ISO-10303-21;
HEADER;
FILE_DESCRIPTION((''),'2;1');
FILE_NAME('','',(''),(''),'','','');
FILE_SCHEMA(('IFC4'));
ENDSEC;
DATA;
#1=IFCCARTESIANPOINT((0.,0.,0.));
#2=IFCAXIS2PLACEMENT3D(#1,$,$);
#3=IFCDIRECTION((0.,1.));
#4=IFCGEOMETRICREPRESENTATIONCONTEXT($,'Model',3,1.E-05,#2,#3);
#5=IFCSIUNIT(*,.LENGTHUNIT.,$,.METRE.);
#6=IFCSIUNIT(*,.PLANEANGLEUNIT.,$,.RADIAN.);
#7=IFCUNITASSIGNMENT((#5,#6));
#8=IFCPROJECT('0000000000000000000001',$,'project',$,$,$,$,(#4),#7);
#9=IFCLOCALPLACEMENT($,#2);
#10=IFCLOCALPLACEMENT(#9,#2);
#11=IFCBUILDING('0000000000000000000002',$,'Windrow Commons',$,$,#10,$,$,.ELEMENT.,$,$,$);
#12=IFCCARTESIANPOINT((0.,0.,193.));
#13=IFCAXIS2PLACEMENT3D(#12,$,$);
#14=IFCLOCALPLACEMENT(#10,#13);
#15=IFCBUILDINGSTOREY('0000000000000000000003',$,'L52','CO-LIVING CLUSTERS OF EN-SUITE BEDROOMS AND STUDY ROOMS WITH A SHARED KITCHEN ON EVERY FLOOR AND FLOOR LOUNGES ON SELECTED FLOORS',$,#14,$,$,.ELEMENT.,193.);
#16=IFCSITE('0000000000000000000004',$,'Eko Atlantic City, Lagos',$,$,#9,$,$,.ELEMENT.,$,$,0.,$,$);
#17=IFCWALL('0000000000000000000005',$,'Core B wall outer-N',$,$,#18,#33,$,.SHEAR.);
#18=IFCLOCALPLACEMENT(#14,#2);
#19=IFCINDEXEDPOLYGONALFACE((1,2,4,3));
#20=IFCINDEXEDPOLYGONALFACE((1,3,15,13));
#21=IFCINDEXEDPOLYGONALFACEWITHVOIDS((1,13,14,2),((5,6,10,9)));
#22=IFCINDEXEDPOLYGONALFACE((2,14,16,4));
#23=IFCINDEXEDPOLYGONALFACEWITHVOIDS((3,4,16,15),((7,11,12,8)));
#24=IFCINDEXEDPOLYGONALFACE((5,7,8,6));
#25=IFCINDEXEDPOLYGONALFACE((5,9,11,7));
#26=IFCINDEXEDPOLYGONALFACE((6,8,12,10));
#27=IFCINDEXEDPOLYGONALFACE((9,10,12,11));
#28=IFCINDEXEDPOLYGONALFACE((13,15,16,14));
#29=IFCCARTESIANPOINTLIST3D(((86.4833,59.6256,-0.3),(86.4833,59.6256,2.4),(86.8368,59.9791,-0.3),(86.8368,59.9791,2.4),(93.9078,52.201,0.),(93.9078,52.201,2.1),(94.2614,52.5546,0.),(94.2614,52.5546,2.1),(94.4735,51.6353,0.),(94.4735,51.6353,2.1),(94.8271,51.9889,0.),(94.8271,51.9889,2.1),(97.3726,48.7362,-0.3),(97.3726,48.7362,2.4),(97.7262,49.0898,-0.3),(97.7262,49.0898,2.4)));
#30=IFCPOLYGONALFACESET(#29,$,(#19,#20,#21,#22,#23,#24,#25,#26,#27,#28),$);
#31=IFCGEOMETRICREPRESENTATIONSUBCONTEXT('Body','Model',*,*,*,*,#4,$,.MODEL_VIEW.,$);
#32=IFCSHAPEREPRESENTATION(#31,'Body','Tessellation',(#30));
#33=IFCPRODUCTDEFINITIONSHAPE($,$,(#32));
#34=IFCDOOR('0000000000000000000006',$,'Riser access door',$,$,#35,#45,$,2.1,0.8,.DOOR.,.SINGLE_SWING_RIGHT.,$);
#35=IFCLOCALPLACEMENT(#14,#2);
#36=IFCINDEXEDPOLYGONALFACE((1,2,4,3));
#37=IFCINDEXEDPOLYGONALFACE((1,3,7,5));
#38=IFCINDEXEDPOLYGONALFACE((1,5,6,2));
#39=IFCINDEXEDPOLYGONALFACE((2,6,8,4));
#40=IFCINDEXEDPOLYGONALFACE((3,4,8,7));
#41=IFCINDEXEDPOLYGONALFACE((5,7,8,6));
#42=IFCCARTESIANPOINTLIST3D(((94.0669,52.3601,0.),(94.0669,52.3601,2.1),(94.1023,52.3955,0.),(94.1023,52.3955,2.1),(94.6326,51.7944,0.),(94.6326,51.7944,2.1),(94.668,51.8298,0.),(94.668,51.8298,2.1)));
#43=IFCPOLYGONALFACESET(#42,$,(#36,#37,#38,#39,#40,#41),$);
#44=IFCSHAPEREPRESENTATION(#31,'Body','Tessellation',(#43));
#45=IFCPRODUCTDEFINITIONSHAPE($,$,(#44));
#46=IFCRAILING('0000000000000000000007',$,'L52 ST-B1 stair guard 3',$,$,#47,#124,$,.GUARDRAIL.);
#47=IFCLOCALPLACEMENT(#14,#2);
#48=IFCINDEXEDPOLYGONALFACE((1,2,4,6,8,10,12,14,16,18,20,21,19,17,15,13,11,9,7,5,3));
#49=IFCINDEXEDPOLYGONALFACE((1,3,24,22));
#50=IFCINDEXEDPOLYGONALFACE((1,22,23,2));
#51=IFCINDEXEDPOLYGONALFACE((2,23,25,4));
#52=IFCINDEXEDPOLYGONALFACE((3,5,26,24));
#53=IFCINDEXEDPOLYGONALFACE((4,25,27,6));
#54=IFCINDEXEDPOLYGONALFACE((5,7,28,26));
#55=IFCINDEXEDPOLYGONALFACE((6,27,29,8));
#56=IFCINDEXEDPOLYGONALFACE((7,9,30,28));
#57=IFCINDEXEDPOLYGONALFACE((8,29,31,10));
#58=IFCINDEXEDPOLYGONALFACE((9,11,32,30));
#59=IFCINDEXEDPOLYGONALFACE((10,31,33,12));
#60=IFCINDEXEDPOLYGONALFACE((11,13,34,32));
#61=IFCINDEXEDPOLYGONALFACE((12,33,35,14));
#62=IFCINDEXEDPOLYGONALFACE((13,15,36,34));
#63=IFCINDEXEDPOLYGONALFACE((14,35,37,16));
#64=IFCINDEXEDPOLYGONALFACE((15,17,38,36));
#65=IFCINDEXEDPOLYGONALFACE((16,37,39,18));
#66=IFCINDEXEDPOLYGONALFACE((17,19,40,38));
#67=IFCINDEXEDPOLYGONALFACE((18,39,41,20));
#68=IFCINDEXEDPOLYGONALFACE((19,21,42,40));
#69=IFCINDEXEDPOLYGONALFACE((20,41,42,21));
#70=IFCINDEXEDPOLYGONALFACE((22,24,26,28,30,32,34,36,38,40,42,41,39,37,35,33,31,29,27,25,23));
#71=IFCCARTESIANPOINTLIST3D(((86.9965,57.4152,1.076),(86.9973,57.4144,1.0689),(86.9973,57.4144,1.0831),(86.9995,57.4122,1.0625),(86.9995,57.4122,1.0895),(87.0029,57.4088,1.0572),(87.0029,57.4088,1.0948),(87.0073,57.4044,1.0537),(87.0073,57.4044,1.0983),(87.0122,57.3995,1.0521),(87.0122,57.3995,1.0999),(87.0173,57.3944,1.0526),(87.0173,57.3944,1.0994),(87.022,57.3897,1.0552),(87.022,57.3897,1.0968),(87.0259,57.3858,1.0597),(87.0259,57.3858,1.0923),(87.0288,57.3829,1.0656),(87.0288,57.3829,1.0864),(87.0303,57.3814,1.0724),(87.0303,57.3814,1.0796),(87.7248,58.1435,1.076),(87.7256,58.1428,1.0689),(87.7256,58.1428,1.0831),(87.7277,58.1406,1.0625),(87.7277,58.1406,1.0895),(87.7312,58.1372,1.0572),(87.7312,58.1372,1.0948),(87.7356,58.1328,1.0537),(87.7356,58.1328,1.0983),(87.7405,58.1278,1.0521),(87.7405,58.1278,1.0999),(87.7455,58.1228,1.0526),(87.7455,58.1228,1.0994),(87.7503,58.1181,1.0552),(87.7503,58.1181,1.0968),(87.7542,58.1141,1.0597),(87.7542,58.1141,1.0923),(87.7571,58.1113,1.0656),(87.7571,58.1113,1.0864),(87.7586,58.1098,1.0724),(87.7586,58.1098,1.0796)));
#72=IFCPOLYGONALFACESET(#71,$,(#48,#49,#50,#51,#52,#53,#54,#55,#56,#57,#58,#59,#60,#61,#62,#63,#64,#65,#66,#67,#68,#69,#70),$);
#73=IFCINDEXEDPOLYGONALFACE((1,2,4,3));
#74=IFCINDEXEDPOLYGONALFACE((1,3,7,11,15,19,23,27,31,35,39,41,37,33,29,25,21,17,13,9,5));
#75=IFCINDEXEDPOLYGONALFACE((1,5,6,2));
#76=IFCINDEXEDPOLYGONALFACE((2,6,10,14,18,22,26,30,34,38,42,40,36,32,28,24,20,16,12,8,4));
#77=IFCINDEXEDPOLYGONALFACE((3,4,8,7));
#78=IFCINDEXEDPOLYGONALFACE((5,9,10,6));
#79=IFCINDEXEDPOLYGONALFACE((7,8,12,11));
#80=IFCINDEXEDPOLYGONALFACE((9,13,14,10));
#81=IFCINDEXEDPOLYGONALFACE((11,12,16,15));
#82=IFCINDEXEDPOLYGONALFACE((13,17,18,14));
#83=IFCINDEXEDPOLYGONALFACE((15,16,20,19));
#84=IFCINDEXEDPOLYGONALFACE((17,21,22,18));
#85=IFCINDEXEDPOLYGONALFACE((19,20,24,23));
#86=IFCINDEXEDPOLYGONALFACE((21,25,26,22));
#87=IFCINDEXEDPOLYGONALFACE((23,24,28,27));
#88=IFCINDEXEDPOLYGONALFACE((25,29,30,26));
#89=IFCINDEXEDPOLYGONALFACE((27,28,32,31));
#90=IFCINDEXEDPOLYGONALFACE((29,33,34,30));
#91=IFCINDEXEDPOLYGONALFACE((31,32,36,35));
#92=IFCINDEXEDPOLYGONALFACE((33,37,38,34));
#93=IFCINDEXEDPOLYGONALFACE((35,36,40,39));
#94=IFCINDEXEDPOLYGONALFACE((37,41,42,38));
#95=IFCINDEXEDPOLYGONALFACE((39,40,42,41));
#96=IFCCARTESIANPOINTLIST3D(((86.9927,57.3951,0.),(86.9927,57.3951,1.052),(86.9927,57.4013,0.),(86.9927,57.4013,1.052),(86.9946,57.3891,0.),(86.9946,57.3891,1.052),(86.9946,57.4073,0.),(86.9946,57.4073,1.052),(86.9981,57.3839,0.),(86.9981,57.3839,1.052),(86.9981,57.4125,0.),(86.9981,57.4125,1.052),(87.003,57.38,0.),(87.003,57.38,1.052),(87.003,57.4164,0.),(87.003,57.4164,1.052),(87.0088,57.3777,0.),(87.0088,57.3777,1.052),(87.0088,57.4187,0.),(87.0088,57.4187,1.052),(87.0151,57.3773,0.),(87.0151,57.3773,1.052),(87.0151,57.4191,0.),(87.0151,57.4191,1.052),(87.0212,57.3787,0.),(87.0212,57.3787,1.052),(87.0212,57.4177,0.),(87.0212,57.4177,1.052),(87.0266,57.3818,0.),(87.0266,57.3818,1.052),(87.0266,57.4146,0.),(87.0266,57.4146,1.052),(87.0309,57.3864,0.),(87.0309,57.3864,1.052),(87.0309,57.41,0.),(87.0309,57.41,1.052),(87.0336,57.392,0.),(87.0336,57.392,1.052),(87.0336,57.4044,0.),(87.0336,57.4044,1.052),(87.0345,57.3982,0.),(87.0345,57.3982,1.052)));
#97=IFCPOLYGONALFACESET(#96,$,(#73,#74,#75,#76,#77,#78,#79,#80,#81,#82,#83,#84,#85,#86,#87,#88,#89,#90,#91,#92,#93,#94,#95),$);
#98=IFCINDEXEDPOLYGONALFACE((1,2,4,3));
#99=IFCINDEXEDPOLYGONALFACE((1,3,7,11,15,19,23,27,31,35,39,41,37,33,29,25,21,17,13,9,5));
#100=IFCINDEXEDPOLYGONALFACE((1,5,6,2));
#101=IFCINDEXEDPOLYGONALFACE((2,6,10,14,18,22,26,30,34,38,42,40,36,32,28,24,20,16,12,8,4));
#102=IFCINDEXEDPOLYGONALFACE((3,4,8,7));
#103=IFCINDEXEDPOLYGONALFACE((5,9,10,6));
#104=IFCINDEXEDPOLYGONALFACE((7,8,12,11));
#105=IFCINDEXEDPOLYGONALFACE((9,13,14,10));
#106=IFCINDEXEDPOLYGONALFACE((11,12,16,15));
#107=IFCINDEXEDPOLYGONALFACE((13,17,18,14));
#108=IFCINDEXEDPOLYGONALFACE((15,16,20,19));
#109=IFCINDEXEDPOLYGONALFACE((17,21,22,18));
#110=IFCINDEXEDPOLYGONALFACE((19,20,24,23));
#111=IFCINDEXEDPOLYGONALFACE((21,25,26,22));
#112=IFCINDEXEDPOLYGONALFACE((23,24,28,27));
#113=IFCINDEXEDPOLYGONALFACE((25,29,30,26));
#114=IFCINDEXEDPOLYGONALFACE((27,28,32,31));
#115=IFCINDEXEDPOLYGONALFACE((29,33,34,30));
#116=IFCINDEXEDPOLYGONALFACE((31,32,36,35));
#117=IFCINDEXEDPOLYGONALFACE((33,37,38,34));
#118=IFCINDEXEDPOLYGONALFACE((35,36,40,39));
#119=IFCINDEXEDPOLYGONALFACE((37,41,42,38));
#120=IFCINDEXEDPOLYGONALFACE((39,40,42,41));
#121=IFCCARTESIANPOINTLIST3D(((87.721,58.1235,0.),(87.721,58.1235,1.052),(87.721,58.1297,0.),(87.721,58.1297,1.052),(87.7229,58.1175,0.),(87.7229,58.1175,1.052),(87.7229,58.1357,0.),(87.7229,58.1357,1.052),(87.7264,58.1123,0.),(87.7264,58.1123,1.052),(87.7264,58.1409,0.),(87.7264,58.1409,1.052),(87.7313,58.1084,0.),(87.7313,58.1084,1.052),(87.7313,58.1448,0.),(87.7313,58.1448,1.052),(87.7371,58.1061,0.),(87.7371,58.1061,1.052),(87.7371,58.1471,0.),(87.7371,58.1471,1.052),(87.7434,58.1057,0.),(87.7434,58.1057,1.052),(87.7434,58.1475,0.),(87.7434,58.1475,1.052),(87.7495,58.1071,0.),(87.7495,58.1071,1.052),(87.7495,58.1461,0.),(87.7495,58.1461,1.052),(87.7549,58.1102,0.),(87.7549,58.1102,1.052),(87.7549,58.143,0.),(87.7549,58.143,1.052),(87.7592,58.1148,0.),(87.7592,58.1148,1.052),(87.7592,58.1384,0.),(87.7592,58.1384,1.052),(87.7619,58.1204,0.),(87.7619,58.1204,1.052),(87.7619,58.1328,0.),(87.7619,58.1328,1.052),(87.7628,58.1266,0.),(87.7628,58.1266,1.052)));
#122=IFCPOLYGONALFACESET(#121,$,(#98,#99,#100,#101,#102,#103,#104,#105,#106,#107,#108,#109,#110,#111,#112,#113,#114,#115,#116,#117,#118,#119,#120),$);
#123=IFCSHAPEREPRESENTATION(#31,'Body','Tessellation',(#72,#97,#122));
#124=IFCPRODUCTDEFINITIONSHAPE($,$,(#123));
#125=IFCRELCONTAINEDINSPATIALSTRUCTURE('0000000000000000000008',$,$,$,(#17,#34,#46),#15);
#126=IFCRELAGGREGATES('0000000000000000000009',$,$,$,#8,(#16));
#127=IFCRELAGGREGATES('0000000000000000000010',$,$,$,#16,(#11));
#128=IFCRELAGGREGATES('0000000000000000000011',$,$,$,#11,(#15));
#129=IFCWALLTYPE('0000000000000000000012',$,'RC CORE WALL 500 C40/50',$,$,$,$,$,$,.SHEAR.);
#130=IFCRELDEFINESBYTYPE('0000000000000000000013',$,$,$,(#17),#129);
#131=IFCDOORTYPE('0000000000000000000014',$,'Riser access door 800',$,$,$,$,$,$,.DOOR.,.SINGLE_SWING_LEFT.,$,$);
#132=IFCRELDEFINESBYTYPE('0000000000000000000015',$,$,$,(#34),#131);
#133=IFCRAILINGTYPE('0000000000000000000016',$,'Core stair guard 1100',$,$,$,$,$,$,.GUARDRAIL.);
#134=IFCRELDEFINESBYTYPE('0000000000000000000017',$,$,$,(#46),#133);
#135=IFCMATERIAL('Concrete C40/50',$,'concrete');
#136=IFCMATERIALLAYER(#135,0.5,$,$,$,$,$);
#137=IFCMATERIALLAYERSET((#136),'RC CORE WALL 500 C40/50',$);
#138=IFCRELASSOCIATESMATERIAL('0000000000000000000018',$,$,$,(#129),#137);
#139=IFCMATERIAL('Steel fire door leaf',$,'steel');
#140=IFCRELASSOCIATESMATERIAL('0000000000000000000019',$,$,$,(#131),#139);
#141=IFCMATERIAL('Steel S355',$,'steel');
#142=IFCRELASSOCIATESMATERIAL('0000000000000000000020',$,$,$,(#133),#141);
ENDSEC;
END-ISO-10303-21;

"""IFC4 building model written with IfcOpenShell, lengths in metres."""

from ifc_helpers import new_model, si_unit, direction, frame, frame_2d, origin, origin_2d, place, context, subcontext, project, spatial, rectangle, circle, extrude, material, layer, layer_set, type_object, element, fill, save


model = new_model("IFC4")

# Units and contexts
model_context = context("Model", 3, precision=1e-05, world=origin(), true_north=direction((0.0, 1.0)))
body_context = subcontext(model_context, "Body", "Model", "MODEL_VIEW")
ifc_project = project(units=[si_unit("LENGTHUNIT", "METRE"), si_unit("PLANEANGLEUNIT", "RADIAN")], contexts=[model_context])

# Site, building, storey
site_placement = place(None, origin())
site = spatial("IfcSite", under=ifc_project, at=site_placement, Name="Eko Atlantic City, Lagos", CompositionType="ELEMENT", RefElevation=0.0)
building_placement = place(site_placement, origin())
building = spatial("IfcBuilding", under=site, at=building_placement, Name="Windrow Commons", CompositionType="ELEMENT")
storey_placement = place(building_placement, frame((0.0, 0.0, 193.0)))
storey = spatial("IfcBuildingStorey", under=building, at=storey_placement, Name="L52", Description="CO-LIVING CLUSTERS OF EN-SUITE BEDROOMS AND STUDY ROOMS WITH A SHARED KITCHEN ON EVERY FLOOR AND FLOOR LOUNGES ON SELECTED FLOORS", CompositionType="ELEMENT", Elevation=193.0)

# Wall, opening, door
ifc_material_1 = material(Name="Concrete C40/50", Category="concrete")
ifc_layer_1 = layer(ifc_material_1, 0.5)
ifc_layer_set_1 = layer_set([ifc_layer_1], Name="RC CORE WALL 500 C40/50")
wall_type_1 = type_object("IfcWallType", Name="RC CORE WALL 500 C40/50", PredefinedType="SHEAR", material=ifc_layer_set_1)
wall_1_placement = place(storey_placement, frame((86.66, 59.8024, -0.3), z_axis=(0.0, 0.0, 1.0), x_axis=(0.707107, -0.707107, 0.0)))
wall_1 = element("IfcWall", 1, at=wall_1_placement, inside=storey, type_object=wall_type_1, Name="Core B wall outer-N", PredefinedType="SHEAR", context=body_context, shape_type="SweptSolid", body=[
    extrude(rectangle(XDim=15.3999, YDim=0.5, at=frame_2d((7.7, 0.0))), origin(), (0.0, 0.0, 1.0), 2.7),
])
opening_1_placement = place(wall_1_placement, frame((10.5, 0.0, 0.3)))
opening_1 = element("IfcOpeningElement", 2, at=opening_1_placement, cuts=wall_1, PredefinedType="OPENING", context=body_context, shape_type="SweptSolid", body=[
    extrude(rectangle(XDim=0.8, YDim=2.1, at=frame_2d((0.4, 1.05))), frame((0.0, 0.26, 0.0), z_axis=(0.0, -1.0, 0.0), x_axis=(1.0, 0.0, 0.0)), (0.0, 0.0, 1.0), 0.52),
])
ifc_material_2 = material(Name="Steel fire door leaf", Category="steel")
door_type_1 = type_object("IfcDoorType", Name="Riser access door 800", OperationType="SINGLE_SWING_LEFT", PredefinedType="DOOR", material=ifc_material_2)
door_1_placement = place(opening_1_placement, origin())
door_1 = element("IfcDoor", 3, at=door_1_placement, inside=storey, type_object=door_type_1, Name="Riser access door", OperationType="SINGLE_SWING_RIGHT", OverallHeight=2.1, OverallWidth=0.8, PredefinedType="DOOR", context=body_context, shape_type="SweptSolid", body=[
    extrude(rectangle(XDim=0.8, YDim=2.1, at=frame_2d((0.4, 1.05))), frame((0.0, 0.025, 0.0), z_axis=(0.0, -1.0, 0.0), x_axis=(1.0, 0.0, 0.0)), (0.0, 0.0, 1.0), 0.05),
])
fill(opening_1, door_1)

# Railing
ifc_material_3 = material(Name="Steel S355", Category="steel")
railing_type = type_object("IfcRailingType", Name="Core stair guard 1100", PredefinedType="GUARDRAIL", material=ifc_material_3)
railing_placement = place(storey_placement, frame((87.0135, 57.3982, 0.0)))
element("IfcRailing", 4, at=railing_placement, inside=storey, type_object=railing_type, Name="L52 ST-B1 stair guard 3", PredefinedType="GUARDRAIL", context=body_context, shape_type="SweptSolid", body=[
    extrude(circle(Radius=0.024, at=origin_2d()), frame((0.0, 0.0, 1.076), z_axis=(0.707058, 0.707155, 0.0), x_axis=(-0.707155, 0.707058, 0.0)), (0.0, 0.0, 1.0), 1.03),
    extrude(circle(Radius=0.021, at=origin_2d()), origin(), (0.0, 0.0, 1.0), 1.052),
    extrude(circle(Radius=0.021, at=origin_2d()), frame((0.7283, 0.7284, 0.0)), (0.0, 0.0, 1.0), 1.052),
])

save(model, "model.ifc")
